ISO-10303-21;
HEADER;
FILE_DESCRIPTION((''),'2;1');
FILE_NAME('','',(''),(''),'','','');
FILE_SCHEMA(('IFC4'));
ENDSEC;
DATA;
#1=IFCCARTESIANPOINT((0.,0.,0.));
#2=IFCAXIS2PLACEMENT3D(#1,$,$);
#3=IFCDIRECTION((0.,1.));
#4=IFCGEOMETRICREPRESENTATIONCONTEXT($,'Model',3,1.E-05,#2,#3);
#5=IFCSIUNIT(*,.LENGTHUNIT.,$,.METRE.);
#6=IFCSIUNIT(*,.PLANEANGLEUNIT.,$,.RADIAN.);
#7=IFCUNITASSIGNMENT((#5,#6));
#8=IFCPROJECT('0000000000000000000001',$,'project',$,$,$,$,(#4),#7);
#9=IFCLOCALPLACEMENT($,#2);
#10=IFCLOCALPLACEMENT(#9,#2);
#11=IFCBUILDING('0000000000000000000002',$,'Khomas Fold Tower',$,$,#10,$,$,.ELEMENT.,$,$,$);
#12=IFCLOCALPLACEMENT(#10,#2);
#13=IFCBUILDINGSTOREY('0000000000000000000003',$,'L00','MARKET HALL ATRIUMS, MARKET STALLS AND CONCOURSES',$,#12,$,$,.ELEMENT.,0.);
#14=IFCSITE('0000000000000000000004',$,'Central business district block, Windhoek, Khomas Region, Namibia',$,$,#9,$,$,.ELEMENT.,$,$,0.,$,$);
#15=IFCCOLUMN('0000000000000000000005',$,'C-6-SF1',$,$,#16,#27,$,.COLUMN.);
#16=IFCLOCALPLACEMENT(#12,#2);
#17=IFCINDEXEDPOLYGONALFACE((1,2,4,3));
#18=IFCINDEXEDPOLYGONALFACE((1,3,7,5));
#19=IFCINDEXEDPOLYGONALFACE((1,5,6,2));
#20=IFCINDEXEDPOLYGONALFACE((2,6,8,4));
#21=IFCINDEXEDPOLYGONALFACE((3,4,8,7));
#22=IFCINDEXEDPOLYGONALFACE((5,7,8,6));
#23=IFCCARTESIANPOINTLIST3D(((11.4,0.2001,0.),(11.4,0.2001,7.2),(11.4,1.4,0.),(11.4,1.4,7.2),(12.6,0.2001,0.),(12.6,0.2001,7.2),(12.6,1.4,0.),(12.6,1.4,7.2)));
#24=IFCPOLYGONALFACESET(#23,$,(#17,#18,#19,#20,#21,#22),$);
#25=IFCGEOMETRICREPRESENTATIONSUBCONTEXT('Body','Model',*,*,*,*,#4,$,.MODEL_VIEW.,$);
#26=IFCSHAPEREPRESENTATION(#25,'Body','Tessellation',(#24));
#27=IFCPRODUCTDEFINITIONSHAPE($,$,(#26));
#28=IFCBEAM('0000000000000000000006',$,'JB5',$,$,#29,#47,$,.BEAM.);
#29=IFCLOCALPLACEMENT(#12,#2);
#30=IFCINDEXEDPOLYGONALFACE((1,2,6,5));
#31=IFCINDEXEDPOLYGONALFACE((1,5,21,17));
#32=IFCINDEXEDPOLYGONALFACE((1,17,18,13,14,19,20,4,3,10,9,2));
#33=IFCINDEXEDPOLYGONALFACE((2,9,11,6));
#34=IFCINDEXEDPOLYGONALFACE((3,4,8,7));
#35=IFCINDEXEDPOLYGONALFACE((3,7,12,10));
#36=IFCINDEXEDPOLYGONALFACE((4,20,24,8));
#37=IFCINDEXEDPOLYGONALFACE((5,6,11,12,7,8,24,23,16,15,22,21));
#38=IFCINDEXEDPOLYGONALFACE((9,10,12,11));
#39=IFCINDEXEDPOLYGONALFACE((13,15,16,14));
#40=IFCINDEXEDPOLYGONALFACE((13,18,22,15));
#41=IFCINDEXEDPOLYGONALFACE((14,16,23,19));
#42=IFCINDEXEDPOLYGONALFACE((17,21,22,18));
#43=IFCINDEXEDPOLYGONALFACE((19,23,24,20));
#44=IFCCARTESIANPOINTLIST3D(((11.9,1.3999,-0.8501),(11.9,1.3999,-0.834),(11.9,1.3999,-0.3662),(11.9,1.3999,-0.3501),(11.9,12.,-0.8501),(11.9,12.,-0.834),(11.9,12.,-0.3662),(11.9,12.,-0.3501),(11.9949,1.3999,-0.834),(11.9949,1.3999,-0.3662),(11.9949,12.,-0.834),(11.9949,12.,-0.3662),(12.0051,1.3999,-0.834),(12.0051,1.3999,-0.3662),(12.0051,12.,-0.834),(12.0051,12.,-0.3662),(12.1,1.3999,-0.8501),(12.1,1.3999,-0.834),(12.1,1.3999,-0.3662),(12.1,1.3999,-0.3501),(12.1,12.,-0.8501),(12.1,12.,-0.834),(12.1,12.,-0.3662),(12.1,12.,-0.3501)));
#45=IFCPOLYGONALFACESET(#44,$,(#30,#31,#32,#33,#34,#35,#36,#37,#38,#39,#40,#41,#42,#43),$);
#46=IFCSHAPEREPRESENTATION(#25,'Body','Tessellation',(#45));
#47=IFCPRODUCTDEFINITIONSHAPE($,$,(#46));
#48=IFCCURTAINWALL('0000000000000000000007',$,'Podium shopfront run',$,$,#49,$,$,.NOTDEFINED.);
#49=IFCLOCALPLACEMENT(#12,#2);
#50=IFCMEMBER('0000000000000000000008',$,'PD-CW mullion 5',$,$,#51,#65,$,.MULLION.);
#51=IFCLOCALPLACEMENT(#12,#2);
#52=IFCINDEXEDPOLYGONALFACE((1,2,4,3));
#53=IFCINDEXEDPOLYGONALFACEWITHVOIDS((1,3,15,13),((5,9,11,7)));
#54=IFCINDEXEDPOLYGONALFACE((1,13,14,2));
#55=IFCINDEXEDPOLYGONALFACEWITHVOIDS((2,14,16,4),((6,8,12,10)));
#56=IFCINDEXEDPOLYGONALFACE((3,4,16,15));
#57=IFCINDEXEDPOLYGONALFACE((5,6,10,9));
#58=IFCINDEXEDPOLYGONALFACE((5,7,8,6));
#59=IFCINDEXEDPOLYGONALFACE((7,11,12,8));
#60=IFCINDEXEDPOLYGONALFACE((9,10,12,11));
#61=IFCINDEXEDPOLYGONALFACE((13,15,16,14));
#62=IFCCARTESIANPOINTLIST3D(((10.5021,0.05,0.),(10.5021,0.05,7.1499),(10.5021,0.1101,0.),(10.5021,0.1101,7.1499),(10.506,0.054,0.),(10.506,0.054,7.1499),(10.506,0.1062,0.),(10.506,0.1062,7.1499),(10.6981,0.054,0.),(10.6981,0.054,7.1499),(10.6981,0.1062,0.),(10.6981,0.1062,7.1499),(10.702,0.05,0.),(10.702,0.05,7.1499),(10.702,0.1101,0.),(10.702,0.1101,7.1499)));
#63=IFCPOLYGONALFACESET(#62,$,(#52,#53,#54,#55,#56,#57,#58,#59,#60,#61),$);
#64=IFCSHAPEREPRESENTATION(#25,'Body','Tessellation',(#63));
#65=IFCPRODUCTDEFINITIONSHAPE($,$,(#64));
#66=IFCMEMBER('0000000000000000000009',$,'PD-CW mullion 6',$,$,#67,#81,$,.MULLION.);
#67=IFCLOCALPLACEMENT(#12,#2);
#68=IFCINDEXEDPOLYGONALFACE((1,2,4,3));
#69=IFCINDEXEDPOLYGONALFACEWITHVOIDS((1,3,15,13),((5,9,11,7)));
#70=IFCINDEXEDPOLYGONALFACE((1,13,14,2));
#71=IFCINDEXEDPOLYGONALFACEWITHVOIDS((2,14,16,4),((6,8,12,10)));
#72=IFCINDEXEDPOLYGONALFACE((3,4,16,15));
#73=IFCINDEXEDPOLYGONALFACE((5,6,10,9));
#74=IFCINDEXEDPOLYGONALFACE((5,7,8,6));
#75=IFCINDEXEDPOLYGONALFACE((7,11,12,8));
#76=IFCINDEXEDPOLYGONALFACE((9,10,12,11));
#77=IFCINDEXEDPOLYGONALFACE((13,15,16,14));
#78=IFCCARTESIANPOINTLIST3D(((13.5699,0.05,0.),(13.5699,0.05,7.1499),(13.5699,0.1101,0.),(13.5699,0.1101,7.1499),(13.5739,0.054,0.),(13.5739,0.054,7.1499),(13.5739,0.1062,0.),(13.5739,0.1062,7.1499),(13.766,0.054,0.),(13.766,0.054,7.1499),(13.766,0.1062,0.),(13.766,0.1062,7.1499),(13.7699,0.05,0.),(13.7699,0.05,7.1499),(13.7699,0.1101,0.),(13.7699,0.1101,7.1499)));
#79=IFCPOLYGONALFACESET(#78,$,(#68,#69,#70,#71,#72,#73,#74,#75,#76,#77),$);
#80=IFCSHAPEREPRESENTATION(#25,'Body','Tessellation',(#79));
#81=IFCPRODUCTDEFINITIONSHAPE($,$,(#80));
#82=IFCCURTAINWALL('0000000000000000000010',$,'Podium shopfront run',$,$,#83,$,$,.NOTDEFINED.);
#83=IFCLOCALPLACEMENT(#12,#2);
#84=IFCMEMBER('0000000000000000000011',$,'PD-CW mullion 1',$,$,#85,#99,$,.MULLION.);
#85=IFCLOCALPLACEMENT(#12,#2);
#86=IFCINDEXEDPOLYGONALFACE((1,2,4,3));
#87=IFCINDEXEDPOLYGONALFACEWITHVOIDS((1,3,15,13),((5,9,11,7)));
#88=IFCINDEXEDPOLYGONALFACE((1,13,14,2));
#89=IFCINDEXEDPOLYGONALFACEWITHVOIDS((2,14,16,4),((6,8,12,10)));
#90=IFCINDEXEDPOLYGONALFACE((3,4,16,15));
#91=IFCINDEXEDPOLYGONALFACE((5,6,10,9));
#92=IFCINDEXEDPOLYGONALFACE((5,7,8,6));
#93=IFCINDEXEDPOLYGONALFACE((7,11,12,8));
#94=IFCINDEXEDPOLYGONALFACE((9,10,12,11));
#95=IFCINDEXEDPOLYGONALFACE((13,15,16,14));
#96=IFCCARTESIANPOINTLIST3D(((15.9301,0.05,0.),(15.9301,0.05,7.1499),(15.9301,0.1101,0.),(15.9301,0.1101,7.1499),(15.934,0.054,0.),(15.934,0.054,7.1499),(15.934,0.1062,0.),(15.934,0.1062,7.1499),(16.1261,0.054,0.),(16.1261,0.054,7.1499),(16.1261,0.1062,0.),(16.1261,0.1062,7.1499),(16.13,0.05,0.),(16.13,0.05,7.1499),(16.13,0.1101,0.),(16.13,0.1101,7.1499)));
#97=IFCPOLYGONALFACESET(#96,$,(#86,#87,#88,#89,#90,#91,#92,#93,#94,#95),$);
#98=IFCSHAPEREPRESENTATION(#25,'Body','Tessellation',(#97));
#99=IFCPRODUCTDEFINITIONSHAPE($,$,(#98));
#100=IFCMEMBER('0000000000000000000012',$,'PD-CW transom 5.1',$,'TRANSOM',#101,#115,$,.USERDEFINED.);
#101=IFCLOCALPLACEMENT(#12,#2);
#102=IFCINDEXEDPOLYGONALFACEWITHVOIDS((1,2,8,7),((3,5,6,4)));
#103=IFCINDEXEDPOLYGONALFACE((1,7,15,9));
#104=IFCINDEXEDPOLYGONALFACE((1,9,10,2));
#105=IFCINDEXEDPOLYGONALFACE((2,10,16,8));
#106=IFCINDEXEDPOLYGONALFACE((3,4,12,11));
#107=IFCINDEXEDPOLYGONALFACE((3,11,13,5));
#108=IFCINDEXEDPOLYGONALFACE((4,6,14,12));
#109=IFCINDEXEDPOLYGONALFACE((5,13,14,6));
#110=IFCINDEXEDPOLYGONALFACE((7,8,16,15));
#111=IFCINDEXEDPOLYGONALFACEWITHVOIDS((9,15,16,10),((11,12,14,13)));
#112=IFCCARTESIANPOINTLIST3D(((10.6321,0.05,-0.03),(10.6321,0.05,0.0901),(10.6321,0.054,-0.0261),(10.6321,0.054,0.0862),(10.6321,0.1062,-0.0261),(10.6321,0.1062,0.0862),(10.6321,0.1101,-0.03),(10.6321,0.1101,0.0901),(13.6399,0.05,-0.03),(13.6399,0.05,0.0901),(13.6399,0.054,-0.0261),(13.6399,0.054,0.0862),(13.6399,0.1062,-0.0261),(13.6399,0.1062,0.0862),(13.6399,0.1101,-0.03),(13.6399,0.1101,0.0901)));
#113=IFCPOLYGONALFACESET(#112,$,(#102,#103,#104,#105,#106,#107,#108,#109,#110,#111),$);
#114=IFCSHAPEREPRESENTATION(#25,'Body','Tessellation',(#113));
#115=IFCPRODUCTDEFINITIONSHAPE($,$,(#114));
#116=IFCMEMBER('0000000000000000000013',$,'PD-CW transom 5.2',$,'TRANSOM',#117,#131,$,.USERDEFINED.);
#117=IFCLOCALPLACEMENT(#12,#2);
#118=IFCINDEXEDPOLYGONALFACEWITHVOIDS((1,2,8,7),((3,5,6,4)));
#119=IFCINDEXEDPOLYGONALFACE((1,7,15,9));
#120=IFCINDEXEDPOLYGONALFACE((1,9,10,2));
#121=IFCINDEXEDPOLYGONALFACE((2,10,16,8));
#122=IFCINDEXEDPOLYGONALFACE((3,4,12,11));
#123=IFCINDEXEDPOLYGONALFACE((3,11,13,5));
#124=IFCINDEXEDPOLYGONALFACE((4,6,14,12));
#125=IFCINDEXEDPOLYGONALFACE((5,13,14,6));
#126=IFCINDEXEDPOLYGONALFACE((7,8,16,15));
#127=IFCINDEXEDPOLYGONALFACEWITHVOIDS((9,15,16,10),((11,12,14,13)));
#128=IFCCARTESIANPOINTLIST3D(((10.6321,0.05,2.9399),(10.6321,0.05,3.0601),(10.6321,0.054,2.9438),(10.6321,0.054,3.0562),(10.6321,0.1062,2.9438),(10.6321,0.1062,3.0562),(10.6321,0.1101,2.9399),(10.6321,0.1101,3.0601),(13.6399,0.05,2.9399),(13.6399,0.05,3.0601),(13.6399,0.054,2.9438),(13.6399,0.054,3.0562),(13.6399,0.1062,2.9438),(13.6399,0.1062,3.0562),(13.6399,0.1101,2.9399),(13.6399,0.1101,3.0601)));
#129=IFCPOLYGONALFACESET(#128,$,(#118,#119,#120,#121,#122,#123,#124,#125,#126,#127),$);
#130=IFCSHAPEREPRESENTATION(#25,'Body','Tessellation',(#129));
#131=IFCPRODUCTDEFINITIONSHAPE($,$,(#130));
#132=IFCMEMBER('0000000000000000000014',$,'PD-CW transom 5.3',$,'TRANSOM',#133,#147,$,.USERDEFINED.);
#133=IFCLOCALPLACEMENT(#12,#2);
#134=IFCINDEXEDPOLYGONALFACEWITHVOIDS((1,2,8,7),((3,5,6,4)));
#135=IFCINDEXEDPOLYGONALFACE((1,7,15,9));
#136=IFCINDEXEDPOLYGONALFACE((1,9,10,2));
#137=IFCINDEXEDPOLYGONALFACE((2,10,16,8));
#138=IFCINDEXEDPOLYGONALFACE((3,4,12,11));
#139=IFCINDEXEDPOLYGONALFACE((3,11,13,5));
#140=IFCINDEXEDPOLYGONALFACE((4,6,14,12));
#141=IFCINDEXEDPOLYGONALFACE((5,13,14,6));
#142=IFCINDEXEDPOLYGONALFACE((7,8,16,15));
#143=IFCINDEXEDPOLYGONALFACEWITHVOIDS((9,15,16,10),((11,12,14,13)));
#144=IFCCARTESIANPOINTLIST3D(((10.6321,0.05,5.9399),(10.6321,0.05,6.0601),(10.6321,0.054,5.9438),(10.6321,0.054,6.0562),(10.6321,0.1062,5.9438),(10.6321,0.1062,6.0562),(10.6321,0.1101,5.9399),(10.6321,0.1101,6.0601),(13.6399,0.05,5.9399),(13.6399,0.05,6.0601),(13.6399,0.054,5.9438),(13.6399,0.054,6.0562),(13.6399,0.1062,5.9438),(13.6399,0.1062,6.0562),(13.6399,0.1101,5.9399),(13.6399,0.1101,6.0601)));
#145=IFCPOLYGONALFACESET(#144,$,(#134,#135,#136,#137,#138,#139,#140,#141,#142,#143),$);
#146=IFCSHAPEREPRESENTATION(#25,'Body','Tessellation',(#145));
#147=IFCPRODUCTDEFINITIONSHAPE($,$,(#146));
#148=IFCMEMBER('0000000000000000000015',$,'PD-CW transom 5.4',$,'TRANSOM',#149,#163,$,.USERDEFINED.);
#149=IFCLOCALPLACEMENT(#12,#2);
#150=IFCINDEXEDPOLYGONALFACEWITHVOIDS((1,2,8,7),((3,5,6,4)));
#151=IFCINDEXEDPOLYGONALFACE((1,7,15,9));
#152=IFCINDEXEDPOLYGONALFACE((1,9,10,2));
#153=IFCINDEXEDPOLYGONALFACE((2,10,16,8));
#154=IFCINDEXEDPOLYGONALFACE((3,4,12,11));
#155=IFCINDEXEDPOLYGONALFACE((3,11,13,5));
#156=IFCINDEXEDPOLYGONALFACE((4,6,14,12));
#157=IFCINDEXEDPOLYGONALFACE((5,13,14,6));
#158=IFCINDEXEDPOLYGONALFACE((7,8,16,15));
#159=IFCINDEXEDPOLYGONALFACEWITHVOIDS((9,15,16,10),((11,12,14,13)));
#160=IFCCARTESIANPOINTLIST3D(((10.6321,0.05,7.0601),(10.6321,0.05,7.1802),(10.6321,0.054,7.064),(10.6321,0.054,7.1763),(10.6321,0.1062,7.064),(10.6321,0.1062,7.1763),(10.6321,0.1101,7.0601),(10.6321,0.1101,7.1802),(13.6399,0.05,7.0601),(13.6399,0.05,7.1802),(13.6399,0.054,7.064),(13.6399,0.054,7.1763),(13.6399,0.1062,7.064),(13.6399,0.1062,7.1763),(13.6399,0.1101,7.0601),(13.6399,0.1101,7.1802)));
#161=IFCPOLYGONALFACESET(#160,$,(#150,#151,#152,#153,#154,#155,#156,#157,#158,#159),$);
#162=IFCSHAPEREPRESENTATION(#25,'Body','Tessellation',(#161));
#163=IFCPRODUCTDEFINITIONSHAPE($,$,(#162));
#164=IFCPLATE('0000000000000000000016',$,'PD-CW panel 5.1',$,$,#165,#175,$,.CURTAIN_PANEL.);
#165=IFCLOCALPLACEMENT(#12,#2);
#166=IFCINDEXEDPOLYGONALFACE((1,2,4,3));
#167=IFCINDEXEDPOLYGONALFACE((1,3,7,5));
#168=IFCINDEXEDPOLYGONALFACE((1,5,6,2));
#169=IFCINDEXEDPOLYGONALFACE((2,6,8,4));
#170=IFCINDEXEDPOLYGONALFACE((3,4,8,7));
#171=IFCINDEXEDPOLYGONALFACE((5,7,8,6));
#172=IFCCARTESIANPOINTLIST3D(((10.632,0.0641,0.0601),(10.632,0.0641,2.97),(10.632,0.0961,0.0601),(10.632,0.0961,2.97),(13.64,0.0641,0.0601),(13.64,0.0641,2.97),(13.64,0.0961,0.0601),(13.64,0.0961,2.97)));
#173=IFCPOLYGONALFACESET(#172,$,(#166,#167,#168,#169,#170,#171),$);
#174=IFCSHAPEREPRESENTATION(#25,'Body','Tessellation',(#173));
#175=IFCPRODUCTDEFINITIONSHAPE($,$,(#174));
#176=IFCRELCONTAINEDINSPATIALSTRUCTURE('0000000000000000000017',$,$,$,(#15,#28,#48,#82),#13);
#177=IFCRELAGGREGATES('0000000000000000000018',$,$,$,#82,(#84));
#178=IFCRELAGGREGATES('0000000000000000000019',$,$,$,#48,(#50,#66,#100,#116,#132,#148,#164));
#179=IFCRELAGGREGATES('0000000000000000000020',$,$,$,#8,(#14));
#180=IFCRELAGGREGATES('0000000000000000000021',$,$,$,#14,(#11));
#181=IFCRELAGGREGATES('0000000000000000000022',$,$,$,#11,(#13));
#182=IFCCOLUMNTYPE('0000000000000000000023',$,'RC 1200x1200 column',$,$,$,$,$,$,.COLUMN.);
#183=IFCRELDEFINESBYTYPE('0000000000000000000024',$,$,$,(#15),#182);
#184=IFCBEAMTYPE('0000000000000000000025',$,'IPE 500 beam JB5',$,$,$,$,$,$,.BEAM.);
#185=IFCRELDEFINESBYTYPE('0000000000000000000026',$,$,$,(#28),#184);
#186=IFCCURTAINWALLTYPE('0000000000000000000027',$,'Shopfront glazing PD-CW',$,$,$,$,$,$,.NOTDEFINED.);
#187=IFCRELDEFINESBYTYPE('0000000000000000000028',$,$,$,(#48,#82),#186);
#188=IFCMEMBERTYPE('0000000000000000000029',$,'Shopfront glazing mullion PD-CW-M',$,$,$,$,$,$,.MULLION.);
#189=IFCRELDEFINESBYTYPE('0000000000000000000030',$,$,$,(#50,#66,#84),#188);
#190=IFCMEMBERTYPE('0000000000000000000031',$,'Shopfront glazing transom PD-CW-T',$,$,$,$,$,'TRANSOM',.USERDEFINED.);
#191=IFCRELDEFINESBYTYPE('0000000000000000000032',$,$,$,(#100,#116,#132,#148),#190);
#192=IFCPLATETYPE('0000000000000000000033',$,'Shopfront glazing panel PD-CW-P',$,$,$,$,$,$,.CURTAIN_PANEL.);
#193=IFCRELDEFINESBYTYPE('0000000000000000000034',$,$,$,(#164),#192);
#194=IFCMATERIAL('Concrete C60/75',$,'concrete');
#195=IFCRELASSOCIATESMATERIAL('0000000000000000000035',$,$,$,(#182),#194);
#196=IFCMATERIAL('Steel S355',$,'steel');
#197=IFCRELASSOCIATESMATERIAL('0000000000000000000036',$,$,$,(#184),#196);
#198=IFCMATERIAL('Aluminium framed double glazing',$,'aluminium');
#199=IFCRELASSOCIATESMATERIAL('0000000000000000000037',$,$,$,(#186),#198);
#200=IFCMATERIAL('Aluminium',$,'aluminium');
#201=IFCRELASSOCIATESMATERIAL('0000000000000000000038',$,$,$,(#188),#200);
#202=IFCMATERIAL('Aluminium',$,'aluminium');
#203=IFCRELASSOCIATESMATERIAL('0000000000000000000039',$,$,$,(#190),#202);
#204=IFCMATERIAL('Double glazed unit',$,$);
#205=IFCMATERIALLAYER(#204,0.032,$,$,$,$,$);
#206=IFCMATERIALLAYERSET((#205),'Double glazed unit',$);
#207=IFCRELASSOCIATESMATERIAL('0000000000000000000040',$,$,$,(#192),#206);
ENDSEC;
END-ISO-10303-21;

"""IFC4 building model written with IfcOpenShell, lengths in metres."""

from ifc_helpers import new_model, si_unit, direction, frame, origin, origin_2d, place, context, subcontext, project, spatial, rectangle, hollow_rectangle, i_section, extrude, source, transform, mapped, material, layer, layer_set, material_profile, profile_set, type_object, element, aggregate, save


model = new_model("IFC4")

# Units and contexts
model_context = context("Model", 3, precision=1e-05, world=origin(), true_north=direction((0.0, 1.0)))
body_context = subcontext(model_context, "Body", "Model", "MODEL_VIEW")
ifc_project = project(units=[si_unit("LENGTHUNIT", "METRE"), si_unit("PLANEANGLEUNIT", "RADIAN")], contexts=[model_context])

# Site, building, storey
site_placement = place(None, origin())
site = spatial("IfcSite", under=ifc_project, at=site_placement, Name="Central business district block, Windhoek, Khomas Region, Namibia", CompositionType="ELEMENT", RefElevation=0.0)
building_placement = place(site_placement, origin())
building = spatial("IfcBuilding", under=site, at=building_placement, Name="Khomas Fold Tower", CompositionType="ELEMENT")
storey_placement = place(building_placement, origin())
storey = spatial("IfcBuildingStorey", under=building, at=storey_placement, Name="L00", Description="MARKET HALL ATRIUMS, MARKET STALLS AND CONCOURSES", CompositionType="ELEMENT", Elevation=0.0)

# Column
ifc_material_1 = material(Name="Concrete C60/75", Category="concrete")
ifc_material_profile_1 = material_profile(ifc_material_1, rectangle(XDim=1.2, YDim=1.2, at=origin_2d()), Name="RC 1200x1200")
ifc_profile_set_1 = profile_set([ifc_material_profile_1], Name="Concrete C60/75")
column_type = type_object("IfcColumnType", Name="RC 1200x1200 column", PredefinedType="COLUMN", material=ifc_profile_set_1)
shared_shape_1 = source(origin(), body_context, "Body", "SweptSolid", [
    extrude(rectangle(XDim=1.2, YDim=1.2, at=origin_2d()), origin(), (0.0, 0.0, 1.0), 7.2),
])
column_placement = place(storey_placement, frame((12.0, 0.8, 0.0), z_axis=(0.0, 0.0, 1.0), x_axis=(1.0, 0.0, 0.0)))
element("IfcColumn", 1, at=column_placement, inside=storey, type_object=column_type, Name="C-6-SF1", PredefinedType="COLUMN", context=body_context, shape_type="MappedRepresentation", body=[
    mapped(shared_shape_1, transform((0.0, 0.0, 0.0))),
])

# Beam
ifc_material_2 = material(Name="Steel S355", Category="steel")
ifc_material_profile_2 = material_profile(ifc_material_2, i_section(OverallWidth=0.2, OverallDepth=0.5, WebThickness=0.0103, FlangeThickness=0.0161, at=origin_2d()), Name="IPE 500")
ifc_profile_set_2 = profile_set([ifc_material_profile_2], Name="Steel S355")
beam_type = type_object("IfcBeamType", Name="IPE 500 beam JB5", PredefinedType="BEAM", material=ifc_profile_set_2)
shared_shape_2 = source(origin(), body_context, "Body", "SweptSolid", [
    extrude(i_section(OverallWidth=0.2, OverallDepth=0.5, WebThickness=0.0103, FlangeThickness=0.0161, at=origin_2d()), origin(), (0.0, 0.0, 1.0), 10.6001),
])
beam_placement = place(storey_placement, frame((12.0, 1.3999, -0.6001), z_axis=(0.0, 1.0, 0.0), x_axis=(-1.0, 0.0, 0.0)))
element("IfcBeam", 2, at=beam_placement, inside=storey, type_object=beam_type, Name="JB5", PredefinedType="BEAM", context=body_context, shape_type="MappedRepresentation", body=[
    mapped(shared_shape_2, transform((0.0, 0.0, 0.0))),
])

# Curtain wall, members
ifc_material_3 = material(Name="Aluminium framed double glazing", Category="aluminium")
curtain_wall_type = type_object("IfcCurtainWallType", Name="Shopfront glazing PD-CW", PredefinedType="NOTDEFINED", material=ifc_material_3)
curtain_wall_1_placement = place(storey_placement, origin())
curtain_wall_1 = element("IfcCurtainWall", 3, at=curtain_wall_1_placement, inside=storey, type_object=curtain_wall_type, Name="Podium shopfront run", PredefinedType="NOTDEFINED")
ifc_material_4 = material(Name="Aluminium", Category="aluminium")
ifc_material_profile_3 = material_profile(ifc_material_4, hollow_rectangle(XDim=0.0601, YDim=0.2, WallThickness=0.0039, at=origin_2d()), Name="Shopfront glazing mullion PD-CW-M")
ifc_profile_set_3 = profile_set([ifc_material_profile_3], Name="Aluminium")
member_type_1 = type_object("IfcMemberType", Name="Shopfront glazing mullion PD-CW-M", PredefinedType="MULLION", material=ifc_profile_set_3)
shared_shape_3 = source(origin(), body_context, "Body", "SweptSolid", [
    extrude(hollow_rectangle(XDim=0.0601, YDim=0.2, WallThickness=0.0039, at=origin_2d()), origin(), (0.0, 0.0, 1.0), 7.1499),
])
member_1_placement = place(storey_placement, frame((10.6021, 0.0801, 0.0), z_axis=(0.0, 0.0, 1.0), x_axis=(0.0, 1.0, 0.0)))
member_1 = element("IfcMember", 4, at=member_1_placement, type_object=member_type_1, Name="PD-CW mullion 5", PredefinedType="MULLION", context=body_context, shape_type="MappedRepresentation", body=[
    mapped(shared_shape_3, transform((0.0, 0.0, 0.0))),
])
member_2_placement = place(storey_placement, frame((13.6699, 0.0801, 0.0), z_axis=(0.0, 0.0, 1.0), x_axis=(0.0, 1.0, 0.0)))
member_2 = element("IfcMember", 5, at=member_2_placement, type_object=member_type_1, Name="PD-CW mullion 6", PredefinedType="MULLION", context=body_context, shape_type="MappedRepresentation", body=[
    mapped(shared_shape_3, transform((0.0, 0.0, 0.0))),
])

# Curtain wall, member
curtain_wall_2_placement = place(storey_placement, origin())
curtain_wall_2 = element("IfcCurtainWall", 6, at=curtain_wall_2_placement, inside=storey, type_object=curtain_wall_type, Name="Podium shopfront run", PredefinedType="NOTDEFINED")
member_3_placement = place(storey_placement, frame((16.03, 0.0801, 0.0), z_axis=(0.0, 0.0, 1.0), x_axis=(0.0, 1.0, 0.0)))
member_3 = element("IfcMember", 7, at=member_3_placement, type_object=member_type_1, Name="PD-CW mullion 1", PredefinedType="MULLION", context=body_context, shape_type="MappedRepresentation", body=[
    mapped(shared_shape_3, transform((0.0, 0.0, 0.0))),
])
aggregate(curtain_wall_2, [member_3])

# Members
ifc_material_5 = material(Name="Aluminium", Category="aluminium")
ifc_material_profile_4 = material_profile(ifc_material_5, hollow_rectangle(XDim=0.0601, YDim=0.1201, WallThickness=0.0039, at=origin_2d()), Name="Shopfront glazing transom PD-CW-T")
ifc_profile_set_4 = profile_set([ifc_material_profile_4], Name="Aluminium")
member_type_2 = type_object("IfcMemberType", Name="Shopfront glazing transom PD-CW-T", ElementType="TRANSOM", PredefinedType="USERDEFINED", material=ifc_profile_set_4)
shared_shape_4 = source(origin(), body_context, "Body", "SweptSolid", [
    extrude(hollow_rectangle(XDim=0.0601, YDim=0.1201, WallThickness=0.0039, at=origin_2d()), origin(), (0.0, 0.0, 1.0), 3.0078),
])
member_4_placement = place(storey_placement, frame((10.6321, 0.0801, 0.03), z_axis=(1.0, 0.0, 0.0), x_axis=(0.0, 1.0, 0.0)))
member_4 = element("IfcMember", 8, at=member_4_placement, type_object=member_type_2, Name="PD-CW transom 5.1", ObjectType="TRANSOM", PredefinedType="USERDEFINED", context=body_context, shape_type="MappedRepresentation", body=[
    mapped(shared_shape_4, transform((0.0, 0.0, 0.0))),
])
member_5_placement = place(storey_placement, frame((10.6321, 0.0801, 3.0), z_axis=(1.0, 0.0, 0.0), x_axis=(0.0, 1.0, 0.0)))
member_5 = element("IfcMember", 9, at=member_5_placement, type_object=member_type_2, Name="PD-CW transom 5.2", ObjectType="TRANSOM", PredefinedType="USERDEFINED", context=body_context, shape_type="MappedRepresentation", body=[
    mapped(shared_shape_4, transform((0.0, 0.0, 0.0))),
])
member_6_placement = place(storey_placement, frame((10.6321, 0.0801, 6.0), z_axis=(1.0, 0.0, 0.0), x_axis=(0.0, 1.0, 0.0)))
member_6 = element("IfcMember", 10, at=member_6_placement, type_object=member_type_2, Name="PD-CW transom 5.3", ObjectType="TRANSOM", PredefinedType="USERDEFINED", context=body_context, shape_type="MappedRepresentation", body=[
    mapped(shared_shape_4, transform((0.0, 0.0, 0.0))),
])
member_7_placement = place(storey_placement, frame((10.6321, 0.0801, 7.1201), z_axis=(1.0, 0.0, 0.0), x_axis=(0.0, 1.0, 0.0)))
member_7 = element("IfcMember", 11, at=member_7_placement, type_object=member_type_2, Name="PD-CW transom 5.4", ObjectType="TRANSOM", PredefinedType="USERDEFINED", context=body_context, shape_type="MappedRepresentation", body=[
    mapped(shared_shape_4, transform((0.0, 0.0, 0.0))),
])

# Plate
ifc_material_6 = material(Name="Double glazed unit")
ifc_layer_1 = layer(ifc_material_6, 0.032)
ifc_layer_set_1 = layer_set([ifc_layer_1], Name="Double glazed unit")
plate_type = type_object("IfcPlateType", Name="Shopfront glazing panel PD-CW-P", PredefinedType="CURTAIN_PANEL", material=ifc_layer_set_1)
shared_shape_5 = source(origin(), body_context, "Body", "SweptSolid", [
    extrude(rectangle(XDim=3.0081, YDim=0.032, at=origin_2d()), origin(), (0.0, 0.0, 1.0), 2.9099),
])
plate_1_placement = place(storey_placement, frame((12.136, 0.0801, 0.0601), z_axis=(0.0, 0.0, 1.0), x_axis=(1.0, 0.0, 0.0)))
plate_1 = element("IfcPlate", 12, at=plate_1_placement, type_object=plate_type, Name="PD-CW panel 5.1", PredefinedType="CURTAIN_PANEL", context=body_context, shape_type="MappedRepresentation", body=[
    mapped(shared_shape_5, transform((0.0, 0.0, 0.0))),
])
aggregate(curtain_wall_1, [member_1, member_2, member_4, member_5, member_6, member_7, plate_1])

save(model, "model.ifc")
